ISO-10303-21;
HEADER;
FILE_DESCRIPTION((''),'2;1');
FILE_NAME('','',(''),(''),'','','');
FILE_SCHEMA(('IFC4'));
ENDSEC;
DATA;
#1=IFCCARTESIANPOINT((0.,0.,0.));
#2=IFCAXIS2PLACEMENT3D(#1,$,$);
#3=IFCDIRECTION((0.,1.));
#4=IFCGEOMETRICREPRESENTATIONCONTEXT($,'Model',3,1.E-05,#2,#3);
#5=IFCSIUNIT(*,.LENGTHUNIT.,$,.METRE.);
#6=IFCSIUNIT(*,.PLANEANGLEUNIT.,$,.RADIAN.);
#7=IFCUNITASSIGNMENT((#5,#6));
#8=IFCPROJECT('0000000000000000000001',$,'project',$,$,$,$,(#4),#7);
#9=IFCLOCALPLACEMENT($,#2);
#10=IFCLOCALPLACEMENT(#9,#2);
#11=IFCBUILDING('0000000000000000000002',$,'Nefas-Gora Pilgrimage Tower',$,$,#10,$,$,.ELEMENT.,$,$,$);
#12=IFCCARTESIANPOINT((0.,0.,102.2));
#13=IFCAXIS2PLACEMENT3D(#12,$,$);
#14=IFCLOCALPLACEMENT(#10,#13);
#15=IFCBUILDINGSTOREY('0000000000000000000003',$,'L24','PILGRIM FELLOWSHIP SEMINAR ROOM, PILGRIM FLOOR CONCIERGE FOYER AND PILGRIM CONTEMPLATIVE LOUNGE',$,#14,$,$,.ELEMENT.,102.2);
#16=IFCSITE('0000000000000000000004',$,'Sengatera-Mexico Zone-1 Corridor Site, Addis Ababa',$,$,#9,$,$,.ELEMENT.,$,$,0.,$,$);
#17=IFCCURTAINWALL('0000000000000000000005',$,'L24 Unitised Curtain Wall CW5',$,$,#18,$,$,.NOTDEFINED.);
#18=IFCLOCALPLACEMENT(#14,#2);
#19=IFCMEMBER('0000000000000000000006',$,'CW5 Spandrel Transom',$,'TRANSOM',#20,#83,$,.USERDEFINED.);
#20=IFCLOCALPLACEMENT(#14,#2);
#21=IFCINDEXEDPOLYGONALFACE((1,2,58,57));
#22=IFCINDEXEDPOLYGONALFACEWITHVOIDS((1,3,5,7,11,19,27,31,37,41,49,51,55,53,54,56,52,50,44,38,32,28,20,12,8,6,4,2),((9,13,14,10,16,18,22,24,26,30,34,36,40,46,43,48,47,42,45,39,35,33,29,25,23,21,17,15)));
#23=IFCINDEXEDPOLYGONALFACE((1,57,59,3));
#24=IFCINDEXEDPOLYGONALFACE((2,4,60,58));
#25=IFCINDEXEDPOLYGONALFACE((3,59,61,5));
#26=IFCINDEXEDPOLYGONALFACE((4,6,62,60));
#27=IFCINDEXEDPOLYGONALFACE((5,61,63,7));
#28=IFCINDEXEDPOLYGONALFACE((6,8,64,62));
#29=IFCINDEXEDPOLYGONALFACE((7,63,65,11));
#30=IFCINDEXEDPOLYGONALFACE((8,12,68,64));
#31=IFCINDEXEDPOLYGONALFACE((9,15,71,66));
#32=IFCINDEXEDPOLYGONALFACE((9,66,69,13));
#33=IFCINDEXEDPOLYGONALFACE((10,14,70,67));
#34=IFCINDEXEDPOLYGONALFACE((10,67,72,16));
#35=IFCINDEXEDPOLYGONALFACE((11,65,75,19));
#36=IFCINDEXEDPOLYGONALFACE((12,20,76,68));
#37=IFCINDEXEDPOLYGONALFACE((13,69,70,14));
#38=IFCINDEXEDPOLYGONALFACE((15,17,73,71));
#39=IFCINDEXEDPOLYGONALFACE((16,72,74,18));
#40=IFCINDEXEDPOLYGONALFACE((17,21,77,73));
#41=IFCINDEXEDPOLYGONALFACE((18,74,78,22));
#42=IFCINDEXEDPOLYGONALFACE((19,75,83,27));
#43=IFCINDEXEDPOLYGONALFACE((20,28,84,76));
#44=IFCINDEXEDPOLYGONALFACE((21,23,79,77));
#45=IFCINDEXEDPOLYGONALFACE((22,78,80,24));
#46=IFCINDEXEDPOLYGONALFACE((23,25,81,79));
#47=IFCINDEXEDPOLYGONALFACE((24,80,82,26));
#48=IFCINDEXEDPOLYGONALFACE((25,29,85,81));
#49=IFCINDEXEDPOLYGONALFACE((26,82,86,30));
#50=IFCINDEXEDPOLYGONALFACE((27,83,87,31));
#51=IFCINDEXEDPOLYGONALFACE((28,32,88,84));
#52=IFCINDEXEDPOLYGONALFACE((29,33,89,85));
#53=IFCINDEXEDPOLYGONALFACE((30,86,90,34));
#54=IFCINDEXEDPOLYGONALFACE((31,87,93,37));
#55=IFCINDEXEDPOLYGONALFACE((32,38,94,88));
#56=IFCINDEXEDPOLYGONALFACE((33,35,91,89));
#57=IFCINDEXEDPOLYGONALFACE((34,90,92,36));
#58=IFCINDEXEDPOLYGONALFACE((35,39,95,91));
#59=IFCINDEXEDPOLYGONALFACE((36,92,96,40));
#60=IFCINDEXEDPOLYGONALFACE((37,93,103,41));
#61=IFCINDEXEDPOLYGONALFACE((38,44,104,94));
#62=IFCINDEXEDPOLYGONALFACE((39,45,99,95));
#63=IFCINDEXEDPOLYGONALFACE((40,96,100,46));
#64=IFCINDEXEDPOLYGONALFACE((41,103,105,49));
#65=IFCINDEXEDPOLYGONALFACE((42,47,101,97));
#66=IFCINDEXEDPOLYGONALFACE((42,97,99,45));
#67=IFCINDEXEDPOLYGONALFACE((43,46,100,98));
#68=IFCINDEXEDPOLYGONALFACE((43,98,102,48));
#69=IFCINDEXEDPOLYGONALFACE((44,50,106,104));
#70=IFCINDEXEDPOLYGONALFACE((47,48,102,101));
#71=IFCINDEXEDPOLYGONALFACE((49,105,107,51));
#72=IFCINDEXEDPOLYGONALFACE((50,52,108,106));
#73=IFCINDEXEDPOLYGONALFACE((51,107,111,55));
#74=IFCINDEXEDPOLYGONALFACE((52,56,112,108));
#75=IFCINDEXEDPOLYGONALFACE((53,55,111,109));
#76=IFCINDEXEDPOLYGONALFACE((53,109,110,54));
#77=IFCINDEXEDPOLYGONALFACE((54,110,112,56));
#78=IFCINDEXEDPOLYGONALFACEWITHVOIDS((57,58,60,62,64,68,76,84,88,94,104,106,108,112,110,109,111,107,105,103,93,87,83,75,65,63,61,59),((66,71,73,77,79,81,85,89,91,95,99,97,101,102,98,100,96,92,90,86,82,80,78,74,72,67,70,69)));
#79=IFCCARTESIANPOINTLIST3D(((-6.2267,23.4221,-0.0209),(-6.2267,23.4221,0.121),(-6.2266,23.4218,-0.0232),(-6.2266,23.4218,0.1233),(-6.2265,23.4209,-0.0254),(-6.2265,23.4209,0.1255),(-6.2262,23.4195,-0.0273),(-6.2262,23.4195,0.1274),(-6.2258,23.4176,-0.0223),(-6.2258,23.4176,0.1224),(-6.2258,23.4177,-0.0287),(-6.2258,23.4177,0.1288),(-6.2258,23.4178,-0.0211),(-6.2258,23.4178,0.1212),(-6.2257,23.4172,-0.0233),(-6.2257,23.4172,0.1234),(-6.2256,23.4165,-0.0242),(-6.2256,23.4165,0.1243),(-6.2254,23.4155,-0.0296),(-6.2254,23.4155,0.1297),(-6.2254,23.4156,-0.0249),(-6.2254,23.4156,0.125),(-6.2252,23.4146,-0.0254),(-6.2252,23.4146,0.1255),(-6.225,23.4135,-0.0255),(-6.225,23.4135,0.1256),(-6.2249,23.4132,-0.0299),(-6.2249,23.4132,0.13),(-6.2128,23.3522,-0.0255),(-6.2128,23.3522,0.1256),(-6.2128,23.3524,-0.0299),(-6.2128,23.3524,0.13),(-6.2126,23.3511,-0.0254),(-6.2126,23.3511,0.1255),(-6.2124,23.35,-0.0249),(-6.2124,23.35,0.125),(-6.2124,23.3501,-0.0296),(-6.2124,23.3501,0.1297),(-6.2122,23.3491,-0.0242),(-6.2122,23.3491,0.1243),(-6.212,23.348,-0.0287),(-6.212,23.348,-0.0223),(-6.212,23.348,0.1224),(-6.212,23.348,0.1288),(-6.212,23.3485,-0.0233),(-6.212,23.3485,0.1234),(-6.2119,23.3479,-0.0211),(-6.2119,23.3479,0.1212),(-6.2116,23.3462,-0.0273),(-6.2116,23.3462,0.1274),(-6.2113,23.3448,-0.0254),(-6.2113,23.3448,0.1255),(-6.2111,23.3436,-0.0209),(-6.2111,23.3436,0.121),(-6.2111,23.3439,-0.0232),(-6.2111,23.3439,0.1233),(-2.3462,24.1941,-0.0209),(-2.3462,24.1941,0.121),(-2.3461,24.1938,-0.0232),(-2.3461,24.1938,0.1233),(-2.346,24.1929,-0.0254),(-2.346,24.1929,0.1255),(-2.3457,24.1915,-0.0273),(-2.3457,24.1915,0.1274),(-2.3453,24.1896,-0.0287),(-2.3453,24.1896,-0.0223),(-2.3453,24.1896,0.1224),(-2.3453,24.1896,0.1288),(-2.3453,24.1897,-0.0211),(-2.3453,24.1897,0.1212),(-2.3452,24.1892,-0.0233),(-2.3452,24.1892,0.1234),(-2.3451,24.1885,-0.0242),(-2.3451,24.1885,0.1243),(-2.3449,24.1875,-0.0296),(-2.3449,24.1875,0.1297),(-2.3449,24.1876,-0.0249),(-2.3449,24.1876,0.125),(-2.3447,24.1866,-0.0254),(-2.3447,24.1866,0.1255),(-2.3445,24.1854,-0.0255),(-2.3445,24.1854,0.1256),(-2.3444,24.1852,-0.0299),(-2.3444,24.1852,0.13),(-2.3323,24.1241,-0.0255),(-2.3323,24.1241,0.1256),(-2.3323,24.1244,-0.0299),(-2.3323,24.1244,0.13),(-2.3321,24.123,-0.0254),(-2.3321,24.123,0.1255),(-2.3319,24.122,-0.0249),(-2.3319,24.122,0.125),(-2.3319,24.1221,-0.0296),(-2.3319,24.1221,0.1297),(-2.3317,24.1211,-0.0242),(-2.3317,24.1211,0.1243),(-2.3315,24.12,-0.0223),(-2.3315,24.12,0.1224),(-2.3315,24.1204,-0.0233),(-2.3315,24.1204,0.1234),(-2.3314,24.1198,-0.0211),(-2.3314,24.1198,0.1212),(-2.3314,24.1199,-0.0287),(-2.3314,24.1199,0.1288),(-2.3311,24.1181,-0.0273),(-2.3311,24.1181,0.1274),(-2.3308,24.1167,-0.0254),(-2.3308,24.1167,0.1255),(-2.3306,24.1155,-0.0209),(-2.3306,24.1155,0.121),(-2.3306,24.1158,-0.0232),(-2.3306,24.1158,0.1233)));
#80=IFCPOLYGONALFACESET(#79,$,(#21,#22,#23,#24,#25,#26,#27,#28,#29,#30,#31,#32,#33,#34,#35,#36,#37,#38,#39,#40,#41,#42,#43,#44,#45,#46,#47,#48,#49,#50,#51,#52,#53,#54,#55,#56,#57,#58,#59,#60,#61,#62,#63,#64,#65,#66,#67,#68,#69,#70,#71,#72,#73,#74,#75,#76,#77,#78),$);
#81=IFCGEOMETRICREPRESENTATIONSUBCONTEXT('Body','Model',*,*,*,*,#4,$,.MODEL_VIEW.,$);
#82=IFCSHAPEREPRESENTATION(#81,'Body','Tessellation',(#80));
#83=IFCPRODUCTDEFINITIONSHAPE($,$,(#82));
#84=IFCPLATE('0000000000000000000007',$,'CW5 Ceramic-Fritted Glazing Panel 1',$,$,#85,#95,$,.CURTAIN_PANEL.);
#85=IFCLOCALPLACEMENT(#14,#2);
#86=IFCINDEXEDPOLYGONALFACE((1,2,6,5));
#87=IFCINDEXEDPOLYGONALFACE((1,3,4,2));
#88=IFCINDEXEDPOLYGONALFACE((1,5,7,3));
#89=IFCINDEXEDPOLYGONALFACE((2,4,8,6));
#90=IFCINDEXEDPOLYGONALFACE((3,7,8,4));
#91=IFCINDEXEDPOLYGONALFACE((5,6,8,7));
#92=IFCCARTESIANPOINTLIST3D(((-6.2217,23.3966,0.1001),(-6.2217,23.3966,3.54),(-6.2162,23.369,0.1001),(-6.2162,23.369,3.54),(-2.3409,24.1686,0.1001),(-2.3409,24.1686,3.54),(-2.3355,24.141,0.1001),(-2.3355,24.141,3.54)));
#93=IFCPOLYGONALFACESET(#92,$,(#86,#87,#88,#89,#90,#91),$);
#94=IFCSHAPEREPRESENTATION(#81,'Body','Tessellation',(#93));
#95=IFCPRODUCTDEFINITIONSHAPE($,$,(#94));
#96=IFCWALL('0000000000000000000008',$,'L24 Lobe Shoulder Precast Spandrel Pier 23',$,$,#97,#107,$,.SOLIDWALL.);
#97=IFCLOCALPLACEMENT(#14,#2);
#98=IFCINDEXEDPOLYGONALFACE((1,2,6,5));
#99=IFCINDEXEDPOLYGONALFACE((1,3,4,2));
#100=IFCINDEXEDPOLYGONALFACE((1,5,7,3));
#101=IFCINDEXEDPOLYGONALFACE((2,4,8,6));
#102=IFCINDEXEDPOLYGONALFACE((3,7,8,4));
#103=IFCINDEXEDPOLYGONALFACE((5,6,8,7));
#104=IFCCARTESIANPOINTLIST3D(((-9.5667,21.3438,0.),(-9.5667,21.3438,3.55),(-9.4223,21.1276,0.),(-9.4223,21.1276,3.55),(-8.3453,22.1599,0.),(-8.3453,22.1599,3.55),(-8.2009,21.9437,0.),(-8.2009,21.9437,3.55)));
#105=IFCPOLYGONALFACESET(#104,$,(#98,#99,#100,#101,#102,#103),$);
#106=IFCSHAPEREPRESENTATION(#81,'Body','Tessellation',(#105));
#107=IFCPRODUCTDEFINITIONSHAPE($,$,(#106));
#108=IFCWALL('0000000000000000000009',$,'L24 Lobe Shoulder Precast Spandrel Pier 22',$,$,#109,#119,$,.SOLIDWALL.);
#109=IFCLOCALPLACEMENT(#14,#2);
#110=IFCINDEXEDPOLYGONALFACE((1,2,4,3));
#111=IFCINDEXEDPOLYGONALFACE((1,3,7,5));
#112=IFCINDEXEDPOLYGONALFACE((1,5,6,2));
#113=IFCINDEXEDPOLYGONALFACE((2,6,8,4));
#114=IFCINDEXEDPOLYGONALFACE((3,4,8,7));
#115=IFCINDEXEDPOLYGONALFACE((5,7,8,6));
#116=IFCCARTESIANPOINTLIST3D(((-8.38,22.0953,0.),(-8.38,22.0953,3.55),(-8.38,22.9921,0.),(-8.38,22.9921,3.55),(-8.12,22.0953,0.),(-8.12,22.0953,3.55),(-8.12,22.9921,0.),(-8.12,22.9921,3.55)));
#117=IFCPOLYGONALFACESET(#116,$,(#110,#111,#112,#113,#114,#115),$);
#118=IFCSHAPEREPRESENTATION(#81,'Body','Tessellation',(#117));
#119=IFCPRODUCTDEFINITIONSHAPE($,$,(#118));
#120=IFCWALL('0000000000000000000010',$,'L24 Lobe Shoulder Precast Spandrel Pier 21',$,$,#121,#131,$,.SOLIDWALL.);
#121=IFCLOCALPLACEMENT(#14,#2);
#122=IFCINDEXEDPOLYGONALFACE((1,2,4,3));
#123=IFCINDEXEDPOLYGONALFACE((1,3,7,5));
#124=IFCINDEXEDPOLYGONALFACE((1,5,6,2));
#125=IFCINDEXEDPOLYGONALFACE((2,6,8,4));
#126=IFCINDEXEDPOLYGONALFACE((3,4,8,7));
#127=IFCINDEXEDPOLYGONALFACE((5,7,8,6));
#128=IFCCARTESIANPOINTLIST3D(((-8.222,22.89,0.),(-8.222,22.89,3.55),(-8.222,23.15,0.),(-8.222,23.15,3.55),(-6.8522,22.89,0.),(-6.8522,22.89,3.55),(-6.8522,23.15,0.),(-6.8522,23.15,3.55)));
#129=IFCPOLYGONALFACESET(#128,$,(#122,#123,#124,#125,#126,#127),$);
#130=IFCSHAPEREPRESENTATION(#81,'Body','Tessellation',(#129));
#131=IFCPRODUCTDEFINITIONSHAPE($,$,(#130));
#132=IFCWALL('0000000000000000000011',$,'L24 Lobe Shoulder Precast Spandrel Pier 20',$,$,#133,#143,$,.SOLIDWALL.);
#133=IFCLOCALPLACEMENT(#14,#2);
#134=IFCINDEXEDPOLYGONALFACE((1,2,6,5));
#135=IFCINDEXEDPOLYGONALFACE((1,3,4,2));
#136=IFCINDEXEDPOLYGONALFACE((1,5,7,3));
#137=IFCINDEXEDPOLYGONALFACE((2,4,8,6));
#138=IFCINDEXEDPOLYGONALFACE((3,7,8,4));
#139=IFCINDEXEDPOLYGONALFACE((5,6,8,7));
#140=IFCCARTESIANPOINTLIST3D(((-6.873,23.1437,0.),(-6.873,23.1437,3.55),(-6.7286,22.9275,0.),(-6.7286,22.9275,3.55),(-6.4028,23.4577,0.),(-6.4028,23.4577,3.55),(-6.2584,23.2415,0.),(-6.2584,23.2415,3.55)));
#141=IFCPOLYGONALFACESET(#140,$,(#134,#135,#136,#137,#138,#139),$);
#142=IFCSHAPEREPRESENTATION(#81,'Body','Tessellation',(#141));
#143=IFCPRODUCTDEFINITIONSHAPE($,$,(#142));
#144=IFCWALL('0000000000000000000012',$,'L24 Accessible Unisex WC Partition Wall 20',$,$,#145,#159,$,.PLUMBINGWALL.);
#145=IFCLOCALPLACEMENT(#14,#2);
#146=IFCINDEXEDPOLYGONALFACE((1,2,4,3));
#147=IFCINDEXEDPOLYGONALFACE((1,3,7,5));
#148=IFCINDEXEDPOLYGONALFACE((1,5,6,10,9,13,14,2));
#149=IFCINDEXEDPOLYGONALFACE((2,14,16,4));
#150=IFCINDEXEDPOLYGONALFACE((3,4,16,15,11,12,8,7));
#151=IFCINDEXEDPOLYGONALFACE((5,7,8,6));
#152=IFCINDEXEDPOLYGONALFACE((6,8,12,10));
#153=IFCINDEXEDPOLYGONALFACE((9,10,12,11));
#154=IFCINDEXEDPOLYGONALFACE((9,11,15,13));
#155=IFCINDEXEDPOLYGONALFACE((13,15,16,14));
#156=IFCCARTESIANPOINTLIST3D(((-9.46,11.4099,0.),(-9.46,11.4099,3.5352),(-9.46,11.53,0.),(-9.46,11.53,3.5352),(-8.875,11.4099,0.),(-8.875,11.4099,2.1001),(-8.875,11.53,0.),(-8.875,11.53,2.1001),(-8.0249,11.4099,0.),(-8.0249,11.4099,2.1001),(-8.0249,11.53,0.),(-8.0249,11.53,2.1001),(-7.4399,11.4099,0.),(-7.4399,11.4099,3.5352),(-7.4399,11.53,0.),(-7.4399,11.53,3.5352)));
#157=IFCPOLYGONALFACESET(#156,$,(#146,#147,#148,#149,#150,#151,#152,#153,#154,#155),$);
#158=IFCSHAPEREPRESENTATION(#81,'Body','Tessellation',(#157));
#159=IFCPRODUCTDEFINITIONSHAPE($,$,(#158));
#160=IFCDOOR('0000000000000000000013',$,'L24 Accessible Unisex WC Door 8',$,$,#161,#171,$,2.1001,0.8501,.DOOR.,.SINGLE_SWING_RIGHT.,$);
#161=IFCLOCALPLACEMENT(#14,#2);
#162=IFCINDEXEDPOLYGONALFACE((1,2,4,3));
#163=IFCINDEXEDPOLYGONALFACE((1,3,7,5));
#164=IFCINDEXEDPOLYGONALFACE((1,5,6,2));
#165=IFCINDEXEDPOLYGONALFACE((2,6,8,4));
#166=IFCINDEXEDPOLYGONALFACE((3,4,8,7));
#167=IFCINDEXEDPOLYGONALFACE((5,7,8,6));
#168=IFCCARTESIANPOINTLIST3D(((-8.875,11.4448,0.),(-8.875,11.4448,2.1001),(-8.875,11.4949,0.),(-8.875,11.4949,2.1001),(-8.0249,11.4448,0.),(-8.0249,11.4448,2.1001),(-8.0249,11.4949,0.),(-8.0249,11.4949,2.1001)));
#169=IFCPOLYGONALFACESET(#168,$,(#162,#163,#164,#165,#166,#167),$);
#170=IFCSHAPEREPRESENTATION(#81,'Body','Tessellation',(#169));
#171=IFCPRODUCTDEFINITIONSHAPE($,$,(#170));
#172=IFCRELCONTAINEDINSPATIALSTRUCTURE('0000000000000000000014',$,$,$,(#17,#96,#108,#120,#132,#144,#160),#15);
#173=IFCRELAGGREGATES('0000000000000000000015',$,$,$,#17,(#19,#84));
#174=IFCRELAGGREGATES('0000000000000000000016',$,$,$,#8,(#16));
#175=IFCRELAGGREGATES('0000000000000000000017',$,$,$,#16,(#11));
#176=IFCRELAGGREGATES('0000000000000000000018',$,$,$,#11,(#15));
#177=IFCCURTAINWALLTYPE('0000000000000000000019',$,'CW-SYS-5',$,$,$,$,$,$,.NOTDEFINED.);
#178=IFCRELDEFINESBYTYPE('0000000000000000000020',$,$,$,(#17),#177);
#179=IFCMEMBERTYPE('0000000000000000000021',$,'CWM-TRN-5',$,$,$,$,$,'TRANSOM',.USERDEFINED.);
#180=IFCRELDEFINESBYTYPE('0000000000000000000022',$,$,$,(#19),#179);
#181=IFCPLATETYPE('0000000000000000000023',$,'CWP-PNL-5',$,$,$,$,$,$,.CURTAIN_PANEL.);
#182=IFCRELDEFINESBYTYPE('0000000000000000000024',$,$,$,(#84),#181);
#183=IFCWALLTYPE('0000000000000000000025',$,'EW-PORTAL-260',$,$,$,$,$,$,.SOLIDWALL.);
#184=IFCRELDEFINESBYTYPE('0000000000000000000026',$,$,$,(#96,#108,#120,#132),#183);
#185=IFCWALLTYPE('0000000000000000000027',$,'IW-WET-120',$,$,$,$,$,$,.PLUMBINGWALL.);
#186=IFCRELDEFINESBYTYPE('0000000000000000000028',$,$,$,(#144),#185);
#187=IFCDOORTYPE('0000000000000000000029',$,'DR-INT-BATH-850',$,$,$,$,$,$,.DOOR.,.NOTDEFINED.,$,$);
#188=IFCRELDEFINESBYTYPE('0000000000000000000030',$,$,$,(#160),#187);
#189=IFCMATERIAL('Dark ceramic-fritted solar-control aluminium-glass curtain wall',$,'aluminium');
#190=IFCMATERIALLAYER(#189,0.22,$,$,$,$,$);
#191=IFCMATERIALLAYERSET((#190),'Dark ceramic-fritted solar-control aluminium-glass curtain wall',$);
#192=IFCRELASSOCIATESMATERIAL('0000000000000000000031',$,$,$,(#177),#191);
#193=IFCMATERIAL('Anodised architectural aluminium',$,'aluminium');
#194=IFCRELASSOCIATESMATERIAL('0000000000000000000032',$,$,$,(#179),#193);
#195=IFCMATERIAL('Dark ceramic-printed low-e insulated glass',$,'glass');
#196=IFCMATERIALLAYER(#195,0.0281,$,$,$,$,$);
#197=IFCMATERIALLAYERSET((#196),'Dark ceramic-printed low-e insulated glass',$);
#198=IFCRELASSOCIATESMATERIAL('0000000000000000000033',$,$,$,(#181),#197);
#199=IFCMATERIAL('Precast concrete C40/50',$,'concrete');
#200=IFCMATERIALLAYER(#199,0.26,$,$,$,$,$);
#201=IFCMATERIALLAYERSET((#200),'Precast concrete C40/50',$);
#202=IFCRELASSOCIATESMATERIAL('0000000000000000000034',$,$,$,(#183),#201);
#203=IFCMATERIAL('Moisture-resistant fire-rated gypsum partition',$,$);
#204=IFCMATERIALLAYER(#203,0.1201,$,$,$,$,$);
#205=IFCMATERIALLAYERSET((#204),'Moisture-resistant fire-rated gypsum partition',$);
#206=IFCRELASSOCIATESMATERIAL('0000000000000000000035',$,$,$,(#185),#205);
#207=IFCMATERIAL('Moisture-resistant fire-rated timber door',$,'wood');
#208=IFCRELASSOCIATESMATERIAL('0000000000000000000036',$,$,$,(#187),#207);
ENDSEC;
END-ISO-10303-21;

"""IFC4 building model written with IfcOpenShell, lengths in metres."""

from ifc_helpers import new_model, si_unit, direction, frame, frame_2d, origin, origin_2d, place, context, subcontext, project, spatial, rectangle, hollow_rectangle, extrude, source, transform, mapped, material, layer, layer_set, material_profile, profile_set, type_object, element, fill, aggregate, save


model = new_model("IFC4")

# Units and contexts
model_context = context("Model", 3, precision=1e-05, world=origin(), true_north=direction((0.0, 1.0)))
body_context = subcontext(model_context, "Body", "Model", "MODEL_VIEW")
ifc_project = project(units=[si_unit("LENGTHUNIT", "METRE"), si_unit("PLANEANGLEUNIT", "RADIAN")], contexts=[model_context])

# Site, building, storey
site_placement = place(None, origin())
site = spatial("IfcSite", under=ifc_project, at=site_placement, Name="Sengatera-Mexico Zone-1 Corridor Site, Addis Ababa", CompositionType="ELEMENT", RefElevation=0.0)
building_placement = place(site_placement, origin())
building = spatial("IfcBuilding", under=site, at=building_placement, Name="Nefas-Gora Pilgrimage Tower", CompositionType="ELEMENT")
storey_placement = place(building_placement, frame((0.0, 0.0, 102.2)))
storey = spatial("IfcBuildingStorey", under=building, at=storey_placement, Name="L24", Description="PILGRIM FELLOWSHIP SEMINAR ROOM, PILGRIM FLOOR CONCIERGE FOYER AND PILGRIM CONTEMPLATIVE LOUNGE", CompositionType="ELEMENT", Elevation=102.2)

# Curtain wall
ifc_material_1 = material(Name="Dark ceramic-fritted solar-control aluminium-glass curtain wall", Category="aluminium")
ifc_layer_1 = layer(ifc_material_1, 0.22)
ifc_layer_set_1 = layer_set([ifc_layer_1], Name="Dark ceramic-fritted solar-control aluminium-glass curtain wall")
curtain_wall_type = type_object("IfcCurtainWallType", Name="CW-SYS-5", PredefinedType="NOTDEFINED", material=ifc_layer_set_1)
curtain_wall_1_placement = place(storey_placement, origin())
curtain_wall_1 = element("IfcCurtainWall", 1, at=curtain_wall_1_placement, inside=storey, type_object=curtain_wall_type, Name="L24 Unitised Curtain Wall CW5", PredefinedType="NOTDEFINED")
ifc_material_2 = material(Name="Anodised architectural aluminium", Category="aluminium")
ifc_material_profile_1 = material_profile(ifc_material_2, hollow_rectangle(XDim=0.0801, YDim=0.1599, WallThickness=0.0044, InnerFilletRadius=0.0044, OuterFilletRadius=0.009, at=origin_2d()), Name="ALU TRANSOM 80x160")
ifc_profile_set_1 = profile_set([ifc_material_profile_1], Name="Anodised architectural aluminium")
member_type_1 = type_object("IfcMemberType", Name="CWM-TRN-5", ElementType="TRANSOM", PredefinedType="USERDEFINED", material=ifc_profile_set_1)

# Member
shared_shape_1 = source(origin(), body_context, "Body", "SweptSolid", [
    extrude(hollow_rectangle(XDim=0.0801, YDim=0.1599, WallThickness=0.0044, InnerFilletRadius=0.0044, OuterFilletRadius=0.009, at=origin_2d()), origin(), (0.0, 0.0, 1.0), 3.9565),
])
member_1_placement = place(storey_placement, frame((-2.3384, 24.1548, 0.05), z_axis=(-0.980782, -0.195107, 0.0), x_axis=(0.195107, -0.980782, 0.0)))
member_1 = element("IfcMember", 2, at=member_1_placement, type_object=member_type_1, Name="CW5 Spandrel Transom", ObjectType="TRANSOM", PredefinedType="USERDEFINED", context=body_context, shape_type="MappedRepresentation", body=[
    mapped(shared_shape_1, transform((0.0, 0.0, 0.0), x_axis=(1.0, 0.0, 0.0), y_axis=(0.0, 1.0, 0.0), z_axis=(0.0, 0.0, 1.0), scale=1.0)),
])

# Plate
ifc_material_3 = material(Name="Dark ceramic-printed low-e insulated glass", Category="glass")
ifc_layer_2 = layer(ifc_material_3, 0.0281)
ifc_layer_set_2 = layer_set([ifc_layer_2], Name="Dark ceramic-printed low-e insulated glass")
plate_type = type_object("IfcPlateType", Name="CWP-PNL-5", PredefinedType="CURTAIN_PANEL", material=ifc_layer_set_2)
shared_shape_2 = source(origin(), body_context, "Body", "SweptSolid", [
    extrude(rectangle(XDim=3.9568, YDim=0.0281, at=origin_2d()), origin(), (0.0, 0.0, 1.0), 3.4399),
])
plate_placement = place(storey_placement, frame((-4.2786, 23.7688, 0.1001), z_axis=(0.0, 0.0, 1.0), x_axis=(-0.980783, -0.195102, 0.0)))
plate = element("IfcPlate", 3, at=plate_placement, type_object=plate_type, Name="CW5 Ceramic-Fritted Glazing Panel 1", PredefinedType="CURTAIN_PANEL", context=body_context, shape_type="MappedRepresentation", body=[
    mapped(shared_shape_2, transform((0.0, 0.0, 0.0), x_axis=(1.0, 0.0, 0.0), y_axis=(0.0, 1.0, 0.0), z_axis=(0.0, 0.0, 1.0), scale=1.0)),
])
aggregate(curtain_wall_1, [member_1, plate])

# Walls
ifc_material_4 = material(Name="Precast concrete C40/50", Category="concrete")
ifc_layer_3 = layer(ifc_material_4, 0.26)
ifc_layer_set_3 = layer_set([ifc_layer_3], Name="Precast concrete C40/50")
wall_type_1 = type_object("IfcWallType", Name="EW-PORTAL-260", PredefinedType="SOLIDWALL", material=ifc_layer_set_3)
shared_shape_3 = source(origin(), body_context, "Body", "SweptSolid", [
    extrude(rectangle(XDim=1.469, YDim=0.26, at=frame_2d((0.7344, 0.0))), origin(), (0.0, 0.0, 1.0), 3.55),
])
wall_1_placement = place(storey_placement, frame((-8.2732, 22.0518, 0.0), z_axis=(0.0, 0.0, 1.0), x_axis=(-0.831462, -0.555582, 0.0)))
element("IfcWall", 4, at=wall_1_placement, inside=storey, type_object=wall_type_1, Name="L24 Lobe Shoulder Precast Spandrel Pier 23", PredefinedType="SOLIDWALL", context=body_context, shape_type="MappedRepresentation", body=[
    mapped(shared_shape_3, transform((0.0, 0.0, 0.0), x_axis=(1.0, 0.0, 0.0), y_axis=(0.0, 1.0, 0.0), z_axis=(0.0, 0.0, 1.0), scale=1.0)),
])
shared_shape_4 = source(origin(), body_context, "Body", "SweptSolid", [
    extrude(rectangle(XDim=0.8967, YDim=0.26, at=frame_2d((0.4482, 0.0))), origin(), (0.0, 0.0, 1.0), 3.55),
])
wall_2_placement = place(storey_placement, frame((-8.25, 22.9919, 0.0), z_axis=(0.0, 0.0, 1.0), x_axis=(0.0, -1.0, 0.0)))
element("IfcWall", 5, at=wall_2_placement, inside=storey, type_object=wall_type_1, Name="L24 Lobe Shoulder Precast Spandrel Pier 22", PredefinedType="SOLIDWALL", context=body_context, shape_type="MappedRepresentation", body=[
    mapped(shared_shape_4, transform((0.0, 0.0, 0.0), x_axis=(1.0, 0.0, 0.0), y_axis=(0.0, 1.0, 0.0), z_axis=(0.0, 0.0, 1.0), scale=1.0)),
])
shared_shape_5 = source(origin(), body_context, "Body", "SweptSolid", [
    extrude(rectangle(XDim=1.3699, YDim=0.26, at=frame_2d((0.6851, 0.0))), origin(), (0.0, 0.0, 1.0), 3.55),
])
wall_3_placement = place(storey_placement, frame((-6.8521, 23.02, 0.0), z_axis=(0.0, 0.0, 1.0), x_axis=(-1.0, 0.0, 0.0)))
element("IfcWall", 6, at=wall_3_placement, inside=storey, type_object=wall_type_1, Name="L24 Lobe Shoulder Precast Spandrel Pier 21", PredefinedType="SOLIDWALL", context=body_context, shape_type="MappedRepresentation", body=[
    mapped(shared_shape_5, transform((0.0, 0.0, 0.0), x_axis=(1.0, 0.0, 0.0), y_axis=(0.0, 1.0, 0.0), z_axis=(0.0, 0.0, 1.0), scale=1.0)),
])
shared_shape_6 = source(origin(), body_context, "Body", "SweptSolid", [
    extrude(rectangle(XDim=0.5654, YDim=0.26, at=frame_2d((0.2827, 0.0))), origin(), (0.0, 0.0, 1.0), 3.55),
])
wall_4_placement = place(storey_placement, frame((-6.3306, 23.3496, 0.0), z_axis=(0.0, 0.0, 1.0), x_axis=(-0.831651, -0.555298, 0.0)))
element("IfcWall", 7, at=wall_4_placement, inside=storey, type_object=wall_type_1, Name="L24 Lobe Shoulder Precast Spandrel Pier 20", PredefinedType="SOLIDWALL", context=body_context, shape_type="MappedRepresentation", body=[
    mapped(shared_shape_6, transform((0.0, 0.0, 0.0), x_axis=(1.0, 0.0, 0.0), y_axis=(0.0, 1.0, 0.0), z_axis=(0.0, 0.0, 1.0), scale=1.0)),
])

# Wall, opening, door
ifc_material_5 = material(Name="Moisture-resistant fire-rated gypsum partition")
ifc_layer_4 = layer(ifc_material_5, 0.1201)
ifc_layer_set_4 = layer_set([ifc_layer_4], Name="Moisture-resistant fire-rated gypsum partition")
wall_type_2 = type_object("IfcWallType", Name="IW-WET-120", PredefinedType="PLUMBINGWALL", material=ifc_layer_set_4)
shared_shape_7 = source(origin(), body_context, "Body", "SweptSolid", [
    extrude(rectangle(XDim=2.02, YDim=0.1201, at=frame_2d((1.01, 0.0))), origin(), (0.0, 0.0, 1.0), 3.5352),
])
wall_5_placement = place(storey_placement, frame((-9.46, 11.47, 0.0), z_axis=(0.0, 0.0, 1.0), x_axis=(1.0, 0.0, 0.0)))
wall_5 = element("IfcWall", 8, at=wall_5_placement, inside=storey, type_object=wall_type_2, Name="L24 Accessible Unisex WC Partition Wall 20", PredefinedType="PLUMBINGWALL", context=body_context, shape_type="MappedRepresentation", body=[
    mapped(shared_shape_7, transform((0.0, 0.0, 0.0), x_axis=(1.0, 0.0, 0.0), y_axis=(0.0, 1.0, 0.0), z_axis=(0.0, 0.0, 1.0), scale=1.0)),
])
opening_1_placement = place(wall_5_placement, frame((0.585, 0.0, 0.0)))
opening_1 = element("IfcOpeningElement", 9, at=opening_1_placement, cuts=wall_5, PredefinedType="OPENING", context=body_context, shape_type="SweptSolid", body=[
    extrude(rectangle(XDim=0.8501, YDim=2.1001, at=frame_2d((0.425, 1.05))), frame((0.0, 0.0701, 0.0), z_axis=(0.0, -1.0, 0.0), x_axis=(1.0, 0.0, 0.0)), (0.0, 0.0, 1.0), 0.1401),
])
ifc_material_6 = material(Name="Moisture-resistant fire-rated timber door", Category="wood")
door_type_1 = type_object("IfcDoorType", Name="DR-INT-BATH-850", OperationType="NOTDEFINED", PredefinedType="DOOR", material=ifc_material_6)
shared_shape_8 = source(origin(), body_context, "Body", "SweptSolid", [
    extrude(rectangle(XDim=0.8501, YDim=2.1001, at=frame_2d((0.425, 1.05))), frame((0.0, 0.0249, 0.0), z_axis=(0.0, -1.0, 0.0), x_axis=(1.0, 0.0, 0.0)), (0.0, 0.0, 1.0), 0.05),
])
door_1_placement = place(opening_1_placement, origin())
door_1 = element("IfcDoor", 10, at=door_1_placement, inside=storey, type_object=door_type_1, Name="L24 Accessible Unisex WC Door 8", OperationType="SINGLE_SWING_RIGHT", OverallHeight=2.1001, OverallWidth=0.8501, PredefinedType="DOOR", context=body_context, shape_type="MappedRepresentation", body=[
    mapped(shared_shape_8, transform((0.0, 0.0, 0.0), x_axis=(1.0, 0.0, 0.0), y_axis=(0.0, 1.0, 0.0), z_axis=(0.0, 0.0, 1.0), scale=1.0)),
])
fill(opening_1, door_1)

save(model, "model.ifc")
